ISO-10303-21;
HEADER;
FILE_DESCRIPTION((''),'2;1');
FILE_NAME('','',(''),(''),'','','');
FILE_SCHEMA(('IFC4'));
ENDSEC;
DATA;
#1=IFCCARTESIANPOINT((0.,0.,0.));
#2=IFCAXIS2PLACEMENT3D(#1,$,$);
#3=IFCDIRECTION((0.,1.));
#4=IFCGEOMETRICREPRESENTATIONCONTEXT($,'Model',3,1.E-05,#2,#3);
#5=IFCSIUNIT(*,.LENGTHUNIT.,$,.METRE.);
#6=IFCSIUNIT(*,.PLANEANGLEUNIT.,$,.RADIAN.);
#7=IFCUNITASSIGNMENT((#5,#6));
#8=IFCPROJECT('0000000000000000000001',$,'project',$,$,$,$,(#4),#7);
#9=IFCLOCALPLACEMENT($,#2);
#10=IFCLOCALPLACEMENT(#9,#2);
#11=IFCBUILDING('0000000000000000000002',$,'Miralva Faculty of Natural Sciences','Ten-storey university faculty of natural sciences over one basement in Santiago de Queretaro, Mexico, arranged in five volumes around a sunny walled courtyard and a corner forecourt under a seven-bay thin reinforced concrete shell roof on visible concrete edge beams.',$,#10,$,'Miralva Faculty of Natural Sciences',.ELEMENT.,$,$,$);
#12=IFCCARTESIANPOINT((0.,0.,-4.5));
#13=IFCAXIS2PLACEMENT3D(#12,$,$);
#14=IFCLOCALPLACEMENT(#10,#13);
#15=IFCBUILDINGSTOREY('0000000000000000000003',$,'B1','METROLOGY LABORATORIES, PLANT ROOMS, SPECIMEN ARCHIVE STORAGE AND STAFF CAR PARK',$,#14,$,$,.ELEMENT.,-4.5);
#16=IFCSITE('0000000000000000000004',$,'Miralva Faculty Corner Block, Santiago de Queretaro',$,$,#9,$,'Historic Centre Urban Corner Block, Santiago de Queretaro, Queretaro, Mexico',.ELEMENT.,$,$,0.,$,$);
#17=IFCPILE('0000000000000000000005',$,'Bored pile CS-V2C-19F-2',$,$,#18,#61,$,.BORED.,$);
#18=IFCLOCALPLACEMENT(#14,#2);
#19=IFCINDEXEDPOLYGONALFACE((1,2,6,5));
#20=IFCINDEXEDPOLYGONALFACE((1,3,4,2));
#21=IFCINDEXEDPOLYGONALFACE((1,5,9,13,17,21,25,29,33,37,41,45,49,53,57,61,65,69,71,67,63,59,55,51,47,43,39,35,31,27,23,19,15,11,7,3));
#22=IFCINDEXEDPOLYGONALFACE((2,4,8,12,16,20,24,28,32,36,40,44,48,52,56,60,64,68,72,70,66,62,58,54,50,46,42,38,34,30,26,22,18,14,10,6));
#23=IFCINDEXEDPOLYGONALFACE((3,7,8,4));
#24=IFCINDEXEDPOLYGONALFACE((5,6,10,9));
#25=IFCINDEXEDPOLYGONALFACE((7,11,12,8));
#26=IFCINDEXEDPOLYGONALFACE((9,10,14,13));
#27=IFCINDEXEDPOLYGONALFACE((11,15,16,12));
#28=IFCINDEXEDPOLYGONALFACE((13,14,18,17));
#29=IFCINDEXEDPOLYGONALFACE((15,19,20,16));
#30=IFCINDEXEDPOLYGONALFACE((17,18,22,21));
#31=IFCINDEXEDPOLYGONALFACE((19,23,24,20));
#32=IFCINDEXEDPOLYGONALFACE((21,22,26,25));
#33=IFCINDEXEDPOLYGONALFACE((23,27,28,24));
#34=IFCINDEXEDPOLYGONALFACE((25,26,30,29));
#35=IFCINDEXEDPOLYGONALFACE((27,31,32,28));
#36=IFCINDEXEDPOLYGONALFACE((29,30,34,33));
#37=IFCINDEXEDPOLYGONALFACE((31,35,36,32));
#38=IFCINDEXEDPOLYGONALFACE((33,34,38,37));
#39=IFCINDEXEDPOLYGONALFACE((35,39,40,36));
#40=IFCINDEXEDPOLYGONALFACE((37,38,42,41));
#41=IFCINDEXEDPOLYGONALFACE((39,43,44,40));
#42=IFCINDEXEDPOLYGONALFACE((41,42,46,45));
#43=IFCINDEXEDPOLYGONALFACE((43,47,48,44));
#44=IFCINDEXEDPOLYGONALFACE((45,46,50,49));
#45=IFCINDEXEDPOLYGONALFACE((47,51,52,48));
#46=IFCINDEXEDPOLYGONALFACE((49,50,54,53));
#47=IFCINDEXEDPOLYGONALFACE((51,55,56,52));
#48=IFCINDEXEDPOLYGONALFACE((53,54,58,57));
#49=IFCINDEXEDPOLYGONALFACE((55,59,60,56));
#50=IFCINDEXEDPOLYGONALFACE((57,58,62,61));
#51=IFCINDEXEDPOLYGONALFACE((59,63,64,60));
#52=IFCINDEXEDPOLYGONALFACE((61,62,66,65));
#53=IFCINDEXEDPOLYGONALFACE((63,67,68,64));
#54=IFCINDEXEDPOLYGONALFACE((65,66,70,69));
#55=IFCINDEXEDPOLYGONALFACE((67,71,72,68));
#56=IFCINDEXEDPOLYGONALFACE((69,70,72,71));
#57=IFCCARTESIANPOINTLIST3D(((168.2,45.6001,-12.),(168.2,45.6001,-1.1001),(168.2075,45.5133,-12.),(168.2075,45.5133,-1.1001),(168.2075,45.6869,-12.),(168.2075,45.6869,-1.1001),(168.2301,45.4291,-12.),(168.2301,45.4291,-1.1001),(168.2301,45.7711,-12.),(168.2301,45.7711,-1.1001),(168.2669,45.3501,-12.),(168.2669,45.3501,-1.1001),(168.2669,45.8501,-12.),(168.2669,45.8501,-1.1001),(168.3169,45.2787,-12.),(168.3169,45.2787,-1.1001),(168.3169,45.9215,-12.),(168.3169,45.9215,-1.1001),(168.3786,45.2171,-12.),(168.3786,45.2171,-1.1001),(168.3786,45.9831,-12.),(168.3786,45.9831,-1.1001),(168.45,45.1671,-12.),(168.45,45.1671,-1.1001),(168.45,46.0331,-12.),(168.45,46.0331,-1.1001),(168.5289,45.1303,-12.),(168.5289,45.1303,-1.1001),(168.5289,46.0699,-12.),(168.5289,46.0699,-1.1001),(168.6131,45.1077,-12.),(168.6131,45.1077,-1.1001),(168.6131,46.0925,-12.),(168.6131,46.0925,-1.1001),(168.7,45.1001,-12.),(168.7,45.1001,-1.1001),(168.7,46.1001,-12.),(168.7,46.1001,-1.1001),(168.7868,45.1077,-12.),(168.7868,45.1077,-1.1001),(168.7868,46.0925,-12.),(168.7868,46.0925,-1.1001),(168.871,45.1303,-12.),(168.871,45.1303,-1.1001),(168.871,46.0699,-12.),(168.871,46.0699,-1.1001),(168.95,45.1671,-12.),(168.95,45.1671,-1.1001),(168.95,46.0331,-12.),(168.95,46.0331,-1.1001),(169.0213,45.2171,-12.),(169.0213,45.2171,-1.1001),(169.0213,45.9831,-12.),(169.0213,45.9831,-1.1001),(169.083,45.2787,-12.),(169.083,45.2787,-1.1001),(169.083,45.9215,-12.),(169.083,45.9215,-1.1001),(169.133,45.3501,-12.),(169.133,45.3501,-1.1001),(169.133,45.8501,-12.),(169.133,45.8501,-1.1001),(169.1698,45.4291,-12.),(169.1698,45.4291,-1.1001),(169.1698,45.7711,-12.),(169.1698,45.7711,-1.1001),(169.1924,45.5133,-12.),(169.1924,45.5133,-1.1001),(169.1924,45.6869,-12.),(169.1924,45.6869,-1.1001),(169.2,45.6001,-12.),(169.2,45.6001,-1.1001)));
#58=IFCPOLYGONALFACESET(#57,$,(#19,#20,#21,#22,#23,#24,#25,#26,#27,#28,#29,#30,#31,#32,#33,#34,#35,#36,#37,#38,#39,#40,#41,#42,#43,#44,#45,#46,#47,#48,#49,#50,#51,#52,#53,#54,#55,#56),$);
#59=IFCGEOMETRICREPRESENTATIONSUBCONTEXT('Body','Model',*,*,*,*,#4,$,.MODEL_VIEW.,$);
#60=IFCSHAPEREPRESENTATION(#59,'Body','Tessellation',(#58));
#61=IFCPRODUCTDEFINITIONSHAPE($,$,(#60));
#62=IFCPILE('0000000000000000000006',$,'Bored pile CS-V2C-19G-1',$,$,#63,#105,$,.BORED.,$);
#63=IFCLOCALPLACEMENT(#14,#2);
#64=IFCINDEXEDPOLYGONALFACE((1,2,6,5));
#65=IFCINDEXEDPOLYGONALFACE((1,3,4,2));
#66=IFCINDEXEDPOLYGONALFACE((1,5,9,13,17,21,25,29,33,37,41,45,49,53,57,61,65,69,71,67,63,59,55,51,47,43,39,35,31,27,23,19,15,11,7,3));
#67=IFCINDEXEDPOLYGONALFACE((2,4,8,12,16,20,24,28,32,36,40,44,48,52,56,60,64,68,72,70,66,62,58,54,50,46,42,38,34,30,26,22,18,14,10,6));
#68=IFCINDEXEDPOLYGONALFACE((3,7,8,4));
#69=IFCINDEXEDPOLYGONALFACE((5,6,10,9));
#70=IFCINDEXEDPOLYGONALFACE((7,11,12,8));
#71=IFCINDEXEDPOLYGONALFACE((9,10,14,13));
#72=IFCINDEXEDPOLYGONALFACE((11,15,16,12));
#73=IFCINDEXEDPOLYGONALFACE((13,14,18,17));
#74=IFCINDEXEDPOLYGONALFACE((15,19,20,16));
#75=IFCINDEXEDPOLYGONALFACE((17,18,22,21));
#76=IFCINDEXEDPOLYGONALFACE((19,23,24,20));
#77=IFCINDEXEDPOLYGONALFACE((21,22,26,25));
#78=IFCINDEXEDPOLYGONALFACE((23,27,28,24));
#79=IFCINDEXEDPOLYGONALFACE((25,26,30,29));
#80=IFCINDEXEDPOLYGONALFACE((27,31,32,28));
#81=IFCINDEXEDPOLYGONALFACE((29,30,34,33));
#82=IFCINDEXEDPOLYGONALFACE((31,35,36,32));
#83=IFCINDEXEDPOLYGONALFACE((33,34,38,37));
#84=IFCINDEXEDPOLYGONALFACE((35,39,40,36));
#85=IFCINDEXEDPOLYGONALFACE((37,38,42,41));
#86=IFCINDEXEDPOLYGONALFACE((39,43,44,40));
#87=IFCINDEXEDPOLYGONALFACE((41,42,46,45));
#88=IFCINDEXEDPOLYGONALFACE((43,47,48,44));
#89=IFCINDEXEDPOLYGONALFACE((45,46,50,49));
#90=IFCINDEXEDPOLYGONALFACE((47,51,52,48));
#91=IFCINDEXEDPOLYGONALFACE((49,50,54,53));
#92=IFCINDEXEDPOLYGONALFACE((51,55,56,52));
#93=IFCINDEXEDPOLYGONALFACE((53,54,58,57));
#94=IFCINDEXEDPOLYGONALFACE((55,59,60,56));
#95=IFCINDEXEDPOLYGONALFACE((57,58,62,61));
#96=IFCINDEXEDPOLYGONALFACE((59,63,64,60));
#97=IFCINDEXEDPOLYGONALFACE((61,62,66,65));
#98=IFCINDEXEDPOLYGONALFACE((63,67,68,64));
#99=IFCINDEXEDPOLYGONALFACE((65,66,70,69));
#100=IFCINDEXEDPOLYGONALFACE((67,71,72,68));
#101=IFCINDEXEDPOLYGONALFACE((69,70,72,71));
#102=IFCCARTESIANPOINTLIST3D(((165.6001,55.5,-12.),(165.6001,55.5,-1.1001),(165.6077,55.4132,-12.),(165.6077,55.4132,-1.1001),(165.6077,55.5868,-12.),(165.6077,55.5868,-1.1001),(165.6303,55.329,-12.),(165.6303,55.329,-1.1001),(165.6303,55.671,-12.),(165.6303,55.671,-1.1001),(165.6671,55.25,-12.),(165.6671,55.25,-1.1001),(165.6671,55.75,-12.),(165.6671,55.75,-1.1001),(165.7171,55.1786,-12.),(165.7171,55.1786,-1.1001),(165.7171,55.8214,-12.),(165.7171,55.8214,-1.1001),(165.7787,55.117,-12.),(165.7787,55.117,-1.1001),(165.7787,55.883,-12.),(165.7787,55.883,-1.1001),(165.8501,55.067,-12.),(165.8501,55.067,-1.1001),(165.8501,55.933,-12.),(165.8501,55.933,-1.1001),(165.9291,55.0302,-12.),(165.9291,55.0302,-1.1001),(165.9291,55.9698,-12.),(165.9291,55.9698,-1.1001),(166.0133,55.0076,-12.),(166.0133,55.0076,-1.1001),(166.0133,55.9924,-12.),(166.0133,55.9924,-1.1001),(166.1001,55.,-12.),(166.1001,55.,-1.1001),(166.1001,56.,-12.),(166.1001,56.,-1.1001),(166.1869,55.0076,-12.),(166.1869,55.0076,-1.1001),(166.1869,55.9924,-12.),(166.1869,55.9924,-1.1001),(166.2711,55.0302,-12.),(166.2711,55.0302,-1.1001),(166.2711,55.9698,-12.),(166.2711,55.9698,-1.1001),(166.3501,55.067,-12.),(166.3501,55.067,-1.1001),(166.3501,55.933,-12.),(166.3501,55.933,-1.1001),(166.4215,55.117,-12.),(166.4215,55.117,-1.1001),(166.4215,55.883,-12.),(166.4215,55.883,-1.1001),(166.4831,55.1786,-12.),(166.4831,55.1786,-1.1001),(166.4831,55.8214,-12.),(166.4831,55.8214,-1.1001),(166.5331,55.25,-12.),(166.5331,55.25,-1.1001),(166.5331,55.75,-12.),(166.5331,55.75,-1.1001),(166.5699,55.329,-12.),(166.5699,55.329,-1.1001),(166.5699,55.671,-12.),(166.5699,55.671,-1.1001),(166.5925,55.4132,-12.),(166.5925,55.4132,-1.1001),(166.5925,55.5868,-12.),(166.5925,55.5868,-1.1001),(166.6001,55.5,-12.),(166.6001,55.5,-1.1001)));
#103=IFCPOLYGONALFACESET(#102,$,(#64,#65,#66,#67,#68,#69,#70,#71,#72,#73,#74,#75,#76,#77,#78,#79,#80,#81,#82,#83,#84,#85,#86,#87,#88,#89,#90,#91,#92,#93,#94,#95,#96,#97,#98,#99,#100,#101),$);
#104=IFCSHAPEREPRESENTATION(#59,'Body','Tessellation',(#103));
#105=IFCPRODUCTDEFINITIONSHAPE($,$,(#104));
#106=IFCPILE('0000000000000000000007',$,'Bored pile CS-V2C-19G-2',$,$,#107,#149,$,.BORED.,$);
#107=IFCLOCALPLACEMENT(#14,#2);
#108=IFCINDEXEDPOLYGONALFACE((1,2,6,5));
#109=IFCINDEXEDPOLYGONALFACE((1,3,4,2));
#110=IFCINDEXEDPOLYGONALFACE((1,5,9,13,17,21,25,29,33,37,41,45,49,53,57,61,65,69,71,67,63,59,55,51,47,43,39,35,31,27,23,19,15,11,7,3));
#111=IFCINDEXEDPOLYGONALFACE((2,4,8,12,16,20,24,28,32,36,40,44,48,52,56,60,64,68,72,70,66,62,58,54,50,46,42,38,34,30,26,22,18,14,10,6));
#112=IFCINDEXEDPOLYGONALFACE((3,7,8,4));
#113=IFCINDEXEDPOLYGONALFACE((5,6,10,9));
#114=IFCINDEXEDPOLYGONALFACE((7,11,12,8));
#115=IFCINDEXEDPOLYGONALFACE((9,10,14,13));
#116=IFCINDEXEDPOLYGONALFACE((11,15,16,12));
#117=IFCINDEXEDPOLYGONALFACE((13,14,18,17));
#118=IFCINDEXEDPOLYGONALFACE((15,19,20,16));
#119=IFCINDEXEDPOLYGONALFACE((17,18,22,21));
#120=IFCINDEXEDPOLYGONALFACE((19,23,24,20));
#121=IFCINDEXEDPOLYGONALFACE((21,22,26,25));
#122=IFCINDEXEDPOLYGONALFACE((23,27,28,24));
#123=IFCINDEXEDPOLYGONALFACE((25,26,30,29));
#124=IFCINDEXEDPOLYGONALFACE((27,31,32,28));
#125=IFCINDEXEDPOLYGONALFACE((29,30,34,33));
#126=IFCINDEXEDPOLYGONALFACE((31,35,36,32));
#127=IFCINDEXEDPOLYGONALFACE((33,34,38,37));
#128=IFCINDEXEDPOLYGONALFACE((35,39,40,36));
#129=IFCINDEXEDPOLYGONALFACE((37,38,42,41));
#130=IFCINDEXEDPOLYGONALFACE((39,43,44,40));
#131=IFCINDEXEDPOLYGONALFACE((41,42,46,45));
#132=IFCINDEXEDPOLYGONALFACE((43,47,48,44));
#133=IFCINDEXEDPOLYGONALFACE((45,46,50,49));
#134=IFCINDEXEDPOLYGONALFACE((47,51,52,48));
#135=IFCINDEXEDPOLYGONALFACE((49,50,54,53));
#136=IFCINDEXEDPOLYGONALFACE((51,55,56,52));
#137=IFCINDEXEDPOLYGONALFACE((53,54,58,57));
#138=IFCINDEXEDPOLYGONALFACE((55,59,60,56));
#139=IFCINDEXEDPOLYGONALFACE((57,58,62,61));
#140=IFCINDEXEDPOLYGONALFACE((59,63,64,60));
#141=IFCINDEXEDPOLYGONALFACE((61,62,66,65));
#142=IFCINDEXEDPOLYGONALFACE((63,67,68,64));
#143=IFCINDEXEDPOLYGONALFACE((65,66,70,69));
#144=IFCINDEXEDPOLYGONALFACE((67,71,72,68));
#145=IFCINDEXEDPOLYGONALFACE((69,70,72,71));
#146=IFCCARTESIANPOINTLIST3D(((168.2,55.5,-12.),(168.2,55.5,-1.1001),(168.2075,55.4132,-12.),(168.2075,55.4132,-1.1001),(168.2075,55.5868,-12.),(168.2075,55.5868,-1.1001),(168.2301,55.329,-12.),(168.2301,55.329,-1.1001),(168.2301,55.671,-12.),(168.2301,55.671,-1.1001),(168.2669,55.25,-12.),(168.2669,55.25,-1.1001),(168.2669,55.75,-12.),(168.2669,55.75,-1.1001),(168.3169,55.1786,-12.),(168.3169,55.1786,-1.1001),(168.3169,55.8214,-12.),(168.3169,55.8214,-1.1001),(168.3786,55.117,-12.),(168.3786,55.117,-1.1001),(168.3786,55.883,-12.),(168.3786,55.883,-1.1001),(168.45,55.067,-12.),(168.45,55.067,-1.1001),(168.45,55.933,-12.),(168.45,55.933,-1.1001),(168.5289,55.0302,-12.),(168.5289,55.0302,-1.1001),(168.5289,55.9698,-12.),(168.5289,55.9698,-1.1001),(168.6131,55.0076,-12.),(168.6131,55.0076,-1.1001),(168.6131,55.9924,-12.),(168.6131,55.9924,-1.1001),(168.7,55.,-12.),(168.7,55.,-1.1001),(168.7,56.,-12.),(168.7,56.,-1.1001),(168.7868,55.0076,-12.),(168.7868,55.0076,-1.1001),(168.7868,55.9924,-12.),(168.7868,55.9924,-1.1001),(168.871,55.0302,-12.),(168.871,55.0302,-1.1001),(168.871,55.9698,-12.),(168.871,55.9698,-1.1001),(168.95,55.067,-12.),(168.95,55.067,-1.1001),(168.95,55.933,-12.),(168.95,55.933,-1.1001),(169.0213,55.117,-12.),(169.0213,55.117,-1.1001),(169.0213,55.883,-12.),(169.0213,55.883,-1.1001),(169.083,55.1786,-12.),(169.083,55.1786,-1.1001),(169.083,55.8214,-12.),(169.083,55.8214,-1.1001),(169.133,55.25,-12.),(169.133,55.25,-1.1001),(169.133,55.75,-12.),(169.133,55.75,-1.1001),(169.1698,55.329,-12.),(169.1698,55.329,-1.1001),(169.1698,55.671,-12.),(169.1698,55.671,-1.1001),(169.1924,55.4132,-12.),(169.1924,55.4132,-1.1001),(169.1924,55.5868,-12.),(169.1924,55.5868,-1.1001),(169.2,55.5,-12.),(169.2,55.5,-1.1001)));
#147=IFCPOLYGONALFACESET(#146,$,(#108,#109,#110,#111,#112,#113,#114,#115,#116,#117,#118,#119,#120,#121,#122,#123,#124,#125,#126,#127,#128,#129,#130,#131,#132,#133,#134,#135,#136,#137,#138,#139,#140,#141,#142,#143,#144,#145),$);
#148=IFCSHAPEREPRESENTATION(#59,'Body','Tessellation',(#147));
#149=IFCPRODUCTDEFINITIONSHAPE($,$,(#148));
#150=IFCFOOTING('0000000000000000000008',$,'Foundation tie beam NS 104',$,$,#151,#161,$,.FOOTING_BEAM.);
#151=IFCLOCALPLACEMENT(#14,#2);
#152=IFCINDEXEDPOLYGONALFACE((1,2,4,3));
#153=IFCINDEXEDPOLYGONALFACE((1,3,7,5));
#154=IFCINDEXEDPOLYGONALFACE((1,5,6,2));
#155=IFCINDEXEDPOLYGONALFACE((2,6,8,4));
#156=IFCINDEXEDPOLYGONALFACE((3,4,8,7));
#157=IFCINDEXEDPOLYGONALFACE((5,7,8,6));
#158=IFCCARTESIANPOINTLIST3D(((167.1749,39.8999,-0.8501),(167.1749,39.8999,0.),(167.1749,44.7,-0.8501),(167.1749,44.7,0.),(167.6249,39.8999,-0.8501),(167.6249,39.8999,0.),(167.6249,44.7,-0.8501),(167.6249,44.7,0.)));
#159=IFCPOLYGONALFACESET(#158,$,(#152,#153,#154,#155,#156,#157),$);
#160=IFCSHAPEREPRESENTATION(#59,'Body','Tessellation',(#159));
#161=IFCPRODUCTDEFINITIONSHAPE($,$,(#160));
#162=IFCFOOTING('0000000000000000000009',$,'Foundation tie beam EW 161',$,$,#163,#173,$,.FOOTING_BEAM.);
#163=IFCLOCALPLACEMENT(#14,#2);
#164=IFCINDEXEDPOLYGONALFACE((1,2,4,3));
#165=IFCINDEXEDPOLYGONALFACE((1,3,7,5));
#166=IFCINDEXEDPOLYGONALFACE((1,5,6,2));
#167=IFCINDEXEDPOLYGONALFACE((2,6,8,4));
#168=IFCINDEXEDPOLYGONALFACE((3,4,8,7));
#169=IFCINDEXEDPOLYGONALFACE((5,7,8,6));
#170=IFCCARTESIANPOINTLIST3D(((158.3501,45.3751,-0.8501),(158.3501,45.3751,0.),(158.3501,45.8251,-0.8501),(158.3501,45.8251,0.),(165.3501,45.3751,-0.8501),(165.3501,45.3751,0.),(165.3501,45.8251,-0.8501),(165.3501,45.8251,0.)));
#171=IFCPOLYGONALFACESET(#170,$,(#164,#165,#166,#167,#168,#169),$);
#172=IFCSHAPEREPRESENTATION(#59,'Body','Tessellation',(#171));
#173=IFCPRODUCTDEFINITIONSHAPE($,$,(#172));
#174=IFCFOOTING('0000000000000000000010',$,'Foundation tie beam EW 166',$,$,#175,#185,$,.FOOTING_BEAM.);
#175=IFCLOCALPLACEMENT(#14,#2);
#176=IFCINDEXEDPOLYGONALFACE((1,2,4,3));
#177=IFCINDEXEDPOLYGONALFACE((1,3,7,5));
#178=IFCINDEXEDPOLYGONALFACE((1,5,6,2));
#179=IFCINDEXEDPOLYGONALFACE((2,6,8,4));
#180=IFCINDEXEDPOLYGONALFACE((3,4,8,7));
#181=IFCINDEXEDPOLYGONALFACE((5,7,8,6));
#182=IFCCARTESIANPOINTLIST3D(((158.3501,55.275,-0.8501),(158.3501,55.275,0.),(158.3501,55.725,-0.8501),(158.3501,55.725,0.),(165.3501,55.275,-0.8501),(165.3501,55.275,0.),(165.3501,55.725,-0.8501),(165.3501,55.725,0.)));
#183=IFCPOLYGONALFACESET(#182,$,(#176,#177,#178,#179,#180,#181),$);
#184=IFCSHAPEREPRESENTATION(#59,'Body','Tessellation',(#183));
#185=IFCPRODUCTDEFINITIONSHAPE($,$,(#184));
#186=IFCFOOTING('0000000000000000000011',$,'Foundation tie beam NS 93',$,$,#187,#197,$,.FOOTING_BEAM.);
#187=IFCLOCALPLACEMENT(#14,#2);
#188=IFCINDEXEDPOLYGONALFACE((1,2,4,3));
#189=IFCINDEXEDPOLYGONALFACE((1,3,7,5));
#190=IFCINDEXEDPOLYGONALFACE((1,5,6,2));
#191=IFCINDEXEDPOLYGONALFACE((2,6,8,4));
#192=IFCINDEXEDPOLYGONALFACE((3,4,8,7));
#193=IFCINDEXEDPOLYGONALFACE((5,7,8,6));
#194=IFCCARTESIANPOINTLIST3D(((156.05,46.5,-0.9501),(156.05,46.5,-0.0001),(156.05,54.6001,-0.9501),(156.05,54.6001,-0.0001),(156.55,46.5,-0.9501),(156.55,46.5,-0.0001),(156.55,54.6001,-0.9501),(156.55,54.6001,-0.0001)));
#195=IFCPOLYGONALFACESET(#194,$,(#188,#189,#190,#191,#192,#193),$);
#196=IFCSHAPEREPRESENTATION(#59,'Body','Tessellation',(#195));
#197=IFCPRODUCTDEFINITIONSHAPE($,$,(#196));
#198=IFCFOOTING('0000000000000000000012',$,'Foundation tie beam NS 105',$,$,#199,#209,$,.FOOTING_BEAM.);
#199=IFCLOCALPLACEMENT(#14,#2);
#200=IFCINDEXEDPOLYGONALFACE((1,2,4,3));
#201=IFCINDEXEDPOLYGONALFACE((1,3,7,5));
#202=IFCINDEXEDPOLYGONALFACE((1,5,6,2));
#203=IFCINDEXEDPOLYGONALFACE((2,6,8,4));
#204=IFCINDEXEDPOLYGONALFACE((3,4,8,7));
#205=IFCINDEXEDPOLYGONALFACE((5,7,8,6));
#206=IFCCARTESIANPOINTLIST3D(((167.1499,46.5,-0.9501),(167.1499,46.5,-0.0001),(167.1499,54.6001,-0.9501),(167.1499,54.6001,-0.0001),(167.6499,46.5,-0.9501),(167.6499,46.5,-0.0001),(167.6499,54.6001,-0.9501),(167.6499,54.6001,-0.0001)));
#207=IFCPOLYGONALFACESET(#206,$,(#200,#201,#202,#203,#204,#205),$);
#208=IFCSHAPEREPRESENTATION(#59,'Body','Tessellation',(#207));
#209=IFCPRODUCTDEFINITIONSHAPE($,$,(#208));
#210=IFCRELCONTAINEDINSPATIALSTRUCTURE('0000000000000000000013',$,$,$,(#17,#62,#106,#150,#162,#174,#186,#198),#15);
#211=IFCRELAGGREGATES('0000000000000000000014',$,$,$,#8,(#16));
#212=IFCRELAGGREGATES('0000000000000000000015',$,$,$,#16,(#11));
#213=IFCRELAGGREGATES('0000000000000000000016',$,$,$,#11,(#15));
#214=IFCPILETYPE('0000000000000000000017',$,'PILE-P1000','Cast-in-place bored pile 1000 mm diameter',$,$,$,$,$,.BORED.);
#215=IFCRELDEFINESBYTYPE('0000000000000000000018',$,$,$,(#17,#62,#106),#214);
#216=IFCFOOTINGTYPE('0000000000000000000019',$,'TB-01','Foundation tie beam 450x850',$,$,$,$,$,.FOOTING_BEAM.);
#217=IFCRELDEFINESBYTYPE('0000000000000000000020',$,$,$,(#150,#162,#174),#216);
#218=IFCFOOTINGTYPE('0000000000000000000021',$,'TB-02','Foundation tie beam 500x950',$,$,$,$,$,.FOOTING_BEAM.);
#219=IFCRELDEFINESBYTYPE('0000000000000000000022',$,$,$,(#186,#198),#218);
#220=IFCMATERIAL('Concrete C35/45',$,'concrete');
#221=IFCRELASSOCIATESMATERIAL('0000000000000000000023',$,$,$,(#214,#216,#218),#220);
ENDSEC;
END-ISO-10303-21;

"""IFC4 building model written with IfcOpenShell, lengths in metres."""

from ifc_helpers import new_model, si_unit, direction, frame, origin, origin_2d, place, context, subcontext, project, spatial, rectangle, circle, extrude, material, material_profile, profile_set, type_object, element, save


model = new_model("IFC4")

# Units and contexts
model_context = context("Model", 3, precision=1e-05, world=origin(), true_north=direction((0.0, 1.0)))
body_context = subcontext(model_context, "Body", "Model", "MODEL_VIEW")
ifc_project = project(units=[si_unit("LENGTHUNIT", "METRE"), si_unit("PLANEANGLEUNIT", "RADIAN")], contexts=[model_context])

# Site, building, storey
site_placement = place(None, origin())
site = spatial("IfcSite", under=ifc_project, at=site_placement, Name="Miralva Faculty Corner Block, Santiago de Queretaro", LongName="Historic Centre Urban Corner Block, Santiago de Queretaro, Queretaro, Mexico", CompositionType="ELEMENT", RefElevation=0.0)
building_placement = place(site_placement, origin())
building = spatial("IfcBuilding", under=site, at=building_placement, Name="Miralva Faculty of Natural Sciences", Description="Ten-storey university faculty of natural sciences over one basement in Santiago de Queretaro, Mexico, arranged in five volumes around a sunny walled courtyard and a corner forecourt under a seven-bay thin reinforced concrete shell roof on visible concrete edge beams.", LongName="Miralva Faculty of Natural Sciences", CompositionType="ELEMENT")
storey_placement = place(building_placement, frame((0.0, 0.0, -4.5)))
storey = spatial("IfcBuildingStorey", under=building, at=storey_placement, Name="B1", Description="METROLOGY LABORATORIES, PLANT ROOMS, SPECIMEN ARCHIVE STORAGE AND STAFF CAR PARK", CompositionType="ELEMENT", Elevation=-4.5)

# Shared definitions
ifc_material_1 = material(Name="Concrete C35/45", Category="concrete")

# Piles
ifc_material_profile_1 = material_profile(ifc_material_1, circle(Radius=0.5, at=origin_2d()), Name="BORED PILE 1000")
ifc_profile_set_1 = profile_set([ifc_material_profile_1], Name="Concrete C35/45")
pile_type = type_object("IfcPileType", Name="PILE-P1000", Description="Cast-in-place bored pile 1000 mm diameter", PredefinedType="BORED", material=ifc_profile_set_1)
for number, where, z_axis, x_axis, name in (
    (1, (168.7, 45.6001, -1.1001), (0.0, 0.0, -1.0), (1.0, 0.0, 0.0), "Bored pile CS-V2C-19F-2"),
    (2, (166.1001, 55.5, -1.1001), (0.0, 0.0, -1.0), (1.0, 0.0, 0.0), "Bored pile CS-V2C-19G-1"),
    (3, (168.7, 55.5, -1.1001), (0.0, 0.0, -1.0), (1.0, 0.0, 0.0), "Bored pile CS-V2C-19G-2"),
):
    element("IfcPile", number, at=place(storey_placement, frame(where, z_axis=z_axis, x_axis=x_axis)), inside=storey, type_object=pile_type, Name=name, PredefinedType="BORED", context=body_context, shape_type="SweptSolid", body=[
        extrude(circle(Radius=0.5, at=origin_2d()), origin(), (0.0, 0.0, 1.0), 10.8999),
    ])

# Footings
ifc_material_profile_2 = material_profile(ifc_material_1, rectangle(XDim=0.45, YDim=0.8501, at=origin_2d()), Name="RC 450x850")
ifc_profile_set_2 = profile_set([ifc_material_profile_2], Name="Concrete C35/45")
footing_type_1 = type_object("IfcFootingType", Name="TB-01", Description="Foundation tie beam 450x850", PredefinedType="FOOTING_BEAM", material=ifc_profile_set_2)
footing_placement = place(storey_placement, frame((167.3999, 39.8999, -0.425), z_axis=(0.0, 1.0, 0.0), x_axis=(-1.0, 0.0, 0.0)))
element("IfcFooting", 4, at=footing_placement, inside=storey, type_object=footing_type_1, Name="Foundation tie beam NS 104", PredefinedType="FOOTING_BEAM", context=body_context, shape_type="SweptSolid", body=[
    extrude(rectangle(XDim=0.45, YDim=0.8501, at=origin_2d()), origin(), (0.0, 0.0, 1.0), 4.8),
])
for number, where, z_axis, x_axis, name in (
    (5, (158.3501, 45.6001, -0.425), (1.0, 0.0, 0.0), (0.0, 1.0, 0.0), "Foundation tie beam EW 161"),
    (6, (158.3501, 55.5, -0.425), (1.0, 0.0, 0.0), (0.0, 1.0, 0.0), "Foundation tie beam EW 166"),
):
    element("IfcFooting", number, at=place(storey_placement, frame(where, z_axis=z_axis, x_axis=x_axis)), inside=storey, type_object=footing_type_1, Name=name, PredefinedType="FOOTING_BEAM", context=body_context, shape_type="SweptSolid", body=[
        extrude(rectangle(XDim=0.45, YDim=0.8501, at=origin_2d()), origin(), (0.0, 0.0, 1.0), 7.0),
    ])
ifc_material_profile_3 = material_profile(ifc_material_1, rectangle(XDim=0.5, YDim=0.95, at=origin_2d()), Name="RC 500x950")
ifc_profile_set_3 = profile_set([ifc_material_profile_3], Name="Concrete C35/45")
footing_type_2 = type_object("IfcFootingType", Name="TB-02", Description="Foundation tie beam 500x950", PredefinedType="FOOTING_BEAM", material=ifc_profile_set_3)
for number, where, z_axis, x_axis, name in (
    (7, (156.3, 46.5, -0.4751), (0.0, 1.0, 0.0), (-1.0, 0.0, 0.0), "Foundation tie beam NS 93"),
    (8, (167.3999, 46.5, -0.4751), (0.0, 1.0, 0.0), (-1.0, 0.0, 0.0), "Foundation tie beam NS 105"),
):
    element("IfcFooting", number, at=place(storey_placement, frame(where, z_axis=z_axis, x_axis=x_axis)), inside=storey, type_object=footing_type_2, Name=name, PredefinedType="FOOTING_BEAM", context=body_context, shape_type="SweptSolid", body=[
        extrude(rectangle(XDim=0.5, YDim=0.95, at=origin_2d()), origin(), (0.0, 0.0, 1.0), 8.1001),
    ])

save(model, "model.ifc")
